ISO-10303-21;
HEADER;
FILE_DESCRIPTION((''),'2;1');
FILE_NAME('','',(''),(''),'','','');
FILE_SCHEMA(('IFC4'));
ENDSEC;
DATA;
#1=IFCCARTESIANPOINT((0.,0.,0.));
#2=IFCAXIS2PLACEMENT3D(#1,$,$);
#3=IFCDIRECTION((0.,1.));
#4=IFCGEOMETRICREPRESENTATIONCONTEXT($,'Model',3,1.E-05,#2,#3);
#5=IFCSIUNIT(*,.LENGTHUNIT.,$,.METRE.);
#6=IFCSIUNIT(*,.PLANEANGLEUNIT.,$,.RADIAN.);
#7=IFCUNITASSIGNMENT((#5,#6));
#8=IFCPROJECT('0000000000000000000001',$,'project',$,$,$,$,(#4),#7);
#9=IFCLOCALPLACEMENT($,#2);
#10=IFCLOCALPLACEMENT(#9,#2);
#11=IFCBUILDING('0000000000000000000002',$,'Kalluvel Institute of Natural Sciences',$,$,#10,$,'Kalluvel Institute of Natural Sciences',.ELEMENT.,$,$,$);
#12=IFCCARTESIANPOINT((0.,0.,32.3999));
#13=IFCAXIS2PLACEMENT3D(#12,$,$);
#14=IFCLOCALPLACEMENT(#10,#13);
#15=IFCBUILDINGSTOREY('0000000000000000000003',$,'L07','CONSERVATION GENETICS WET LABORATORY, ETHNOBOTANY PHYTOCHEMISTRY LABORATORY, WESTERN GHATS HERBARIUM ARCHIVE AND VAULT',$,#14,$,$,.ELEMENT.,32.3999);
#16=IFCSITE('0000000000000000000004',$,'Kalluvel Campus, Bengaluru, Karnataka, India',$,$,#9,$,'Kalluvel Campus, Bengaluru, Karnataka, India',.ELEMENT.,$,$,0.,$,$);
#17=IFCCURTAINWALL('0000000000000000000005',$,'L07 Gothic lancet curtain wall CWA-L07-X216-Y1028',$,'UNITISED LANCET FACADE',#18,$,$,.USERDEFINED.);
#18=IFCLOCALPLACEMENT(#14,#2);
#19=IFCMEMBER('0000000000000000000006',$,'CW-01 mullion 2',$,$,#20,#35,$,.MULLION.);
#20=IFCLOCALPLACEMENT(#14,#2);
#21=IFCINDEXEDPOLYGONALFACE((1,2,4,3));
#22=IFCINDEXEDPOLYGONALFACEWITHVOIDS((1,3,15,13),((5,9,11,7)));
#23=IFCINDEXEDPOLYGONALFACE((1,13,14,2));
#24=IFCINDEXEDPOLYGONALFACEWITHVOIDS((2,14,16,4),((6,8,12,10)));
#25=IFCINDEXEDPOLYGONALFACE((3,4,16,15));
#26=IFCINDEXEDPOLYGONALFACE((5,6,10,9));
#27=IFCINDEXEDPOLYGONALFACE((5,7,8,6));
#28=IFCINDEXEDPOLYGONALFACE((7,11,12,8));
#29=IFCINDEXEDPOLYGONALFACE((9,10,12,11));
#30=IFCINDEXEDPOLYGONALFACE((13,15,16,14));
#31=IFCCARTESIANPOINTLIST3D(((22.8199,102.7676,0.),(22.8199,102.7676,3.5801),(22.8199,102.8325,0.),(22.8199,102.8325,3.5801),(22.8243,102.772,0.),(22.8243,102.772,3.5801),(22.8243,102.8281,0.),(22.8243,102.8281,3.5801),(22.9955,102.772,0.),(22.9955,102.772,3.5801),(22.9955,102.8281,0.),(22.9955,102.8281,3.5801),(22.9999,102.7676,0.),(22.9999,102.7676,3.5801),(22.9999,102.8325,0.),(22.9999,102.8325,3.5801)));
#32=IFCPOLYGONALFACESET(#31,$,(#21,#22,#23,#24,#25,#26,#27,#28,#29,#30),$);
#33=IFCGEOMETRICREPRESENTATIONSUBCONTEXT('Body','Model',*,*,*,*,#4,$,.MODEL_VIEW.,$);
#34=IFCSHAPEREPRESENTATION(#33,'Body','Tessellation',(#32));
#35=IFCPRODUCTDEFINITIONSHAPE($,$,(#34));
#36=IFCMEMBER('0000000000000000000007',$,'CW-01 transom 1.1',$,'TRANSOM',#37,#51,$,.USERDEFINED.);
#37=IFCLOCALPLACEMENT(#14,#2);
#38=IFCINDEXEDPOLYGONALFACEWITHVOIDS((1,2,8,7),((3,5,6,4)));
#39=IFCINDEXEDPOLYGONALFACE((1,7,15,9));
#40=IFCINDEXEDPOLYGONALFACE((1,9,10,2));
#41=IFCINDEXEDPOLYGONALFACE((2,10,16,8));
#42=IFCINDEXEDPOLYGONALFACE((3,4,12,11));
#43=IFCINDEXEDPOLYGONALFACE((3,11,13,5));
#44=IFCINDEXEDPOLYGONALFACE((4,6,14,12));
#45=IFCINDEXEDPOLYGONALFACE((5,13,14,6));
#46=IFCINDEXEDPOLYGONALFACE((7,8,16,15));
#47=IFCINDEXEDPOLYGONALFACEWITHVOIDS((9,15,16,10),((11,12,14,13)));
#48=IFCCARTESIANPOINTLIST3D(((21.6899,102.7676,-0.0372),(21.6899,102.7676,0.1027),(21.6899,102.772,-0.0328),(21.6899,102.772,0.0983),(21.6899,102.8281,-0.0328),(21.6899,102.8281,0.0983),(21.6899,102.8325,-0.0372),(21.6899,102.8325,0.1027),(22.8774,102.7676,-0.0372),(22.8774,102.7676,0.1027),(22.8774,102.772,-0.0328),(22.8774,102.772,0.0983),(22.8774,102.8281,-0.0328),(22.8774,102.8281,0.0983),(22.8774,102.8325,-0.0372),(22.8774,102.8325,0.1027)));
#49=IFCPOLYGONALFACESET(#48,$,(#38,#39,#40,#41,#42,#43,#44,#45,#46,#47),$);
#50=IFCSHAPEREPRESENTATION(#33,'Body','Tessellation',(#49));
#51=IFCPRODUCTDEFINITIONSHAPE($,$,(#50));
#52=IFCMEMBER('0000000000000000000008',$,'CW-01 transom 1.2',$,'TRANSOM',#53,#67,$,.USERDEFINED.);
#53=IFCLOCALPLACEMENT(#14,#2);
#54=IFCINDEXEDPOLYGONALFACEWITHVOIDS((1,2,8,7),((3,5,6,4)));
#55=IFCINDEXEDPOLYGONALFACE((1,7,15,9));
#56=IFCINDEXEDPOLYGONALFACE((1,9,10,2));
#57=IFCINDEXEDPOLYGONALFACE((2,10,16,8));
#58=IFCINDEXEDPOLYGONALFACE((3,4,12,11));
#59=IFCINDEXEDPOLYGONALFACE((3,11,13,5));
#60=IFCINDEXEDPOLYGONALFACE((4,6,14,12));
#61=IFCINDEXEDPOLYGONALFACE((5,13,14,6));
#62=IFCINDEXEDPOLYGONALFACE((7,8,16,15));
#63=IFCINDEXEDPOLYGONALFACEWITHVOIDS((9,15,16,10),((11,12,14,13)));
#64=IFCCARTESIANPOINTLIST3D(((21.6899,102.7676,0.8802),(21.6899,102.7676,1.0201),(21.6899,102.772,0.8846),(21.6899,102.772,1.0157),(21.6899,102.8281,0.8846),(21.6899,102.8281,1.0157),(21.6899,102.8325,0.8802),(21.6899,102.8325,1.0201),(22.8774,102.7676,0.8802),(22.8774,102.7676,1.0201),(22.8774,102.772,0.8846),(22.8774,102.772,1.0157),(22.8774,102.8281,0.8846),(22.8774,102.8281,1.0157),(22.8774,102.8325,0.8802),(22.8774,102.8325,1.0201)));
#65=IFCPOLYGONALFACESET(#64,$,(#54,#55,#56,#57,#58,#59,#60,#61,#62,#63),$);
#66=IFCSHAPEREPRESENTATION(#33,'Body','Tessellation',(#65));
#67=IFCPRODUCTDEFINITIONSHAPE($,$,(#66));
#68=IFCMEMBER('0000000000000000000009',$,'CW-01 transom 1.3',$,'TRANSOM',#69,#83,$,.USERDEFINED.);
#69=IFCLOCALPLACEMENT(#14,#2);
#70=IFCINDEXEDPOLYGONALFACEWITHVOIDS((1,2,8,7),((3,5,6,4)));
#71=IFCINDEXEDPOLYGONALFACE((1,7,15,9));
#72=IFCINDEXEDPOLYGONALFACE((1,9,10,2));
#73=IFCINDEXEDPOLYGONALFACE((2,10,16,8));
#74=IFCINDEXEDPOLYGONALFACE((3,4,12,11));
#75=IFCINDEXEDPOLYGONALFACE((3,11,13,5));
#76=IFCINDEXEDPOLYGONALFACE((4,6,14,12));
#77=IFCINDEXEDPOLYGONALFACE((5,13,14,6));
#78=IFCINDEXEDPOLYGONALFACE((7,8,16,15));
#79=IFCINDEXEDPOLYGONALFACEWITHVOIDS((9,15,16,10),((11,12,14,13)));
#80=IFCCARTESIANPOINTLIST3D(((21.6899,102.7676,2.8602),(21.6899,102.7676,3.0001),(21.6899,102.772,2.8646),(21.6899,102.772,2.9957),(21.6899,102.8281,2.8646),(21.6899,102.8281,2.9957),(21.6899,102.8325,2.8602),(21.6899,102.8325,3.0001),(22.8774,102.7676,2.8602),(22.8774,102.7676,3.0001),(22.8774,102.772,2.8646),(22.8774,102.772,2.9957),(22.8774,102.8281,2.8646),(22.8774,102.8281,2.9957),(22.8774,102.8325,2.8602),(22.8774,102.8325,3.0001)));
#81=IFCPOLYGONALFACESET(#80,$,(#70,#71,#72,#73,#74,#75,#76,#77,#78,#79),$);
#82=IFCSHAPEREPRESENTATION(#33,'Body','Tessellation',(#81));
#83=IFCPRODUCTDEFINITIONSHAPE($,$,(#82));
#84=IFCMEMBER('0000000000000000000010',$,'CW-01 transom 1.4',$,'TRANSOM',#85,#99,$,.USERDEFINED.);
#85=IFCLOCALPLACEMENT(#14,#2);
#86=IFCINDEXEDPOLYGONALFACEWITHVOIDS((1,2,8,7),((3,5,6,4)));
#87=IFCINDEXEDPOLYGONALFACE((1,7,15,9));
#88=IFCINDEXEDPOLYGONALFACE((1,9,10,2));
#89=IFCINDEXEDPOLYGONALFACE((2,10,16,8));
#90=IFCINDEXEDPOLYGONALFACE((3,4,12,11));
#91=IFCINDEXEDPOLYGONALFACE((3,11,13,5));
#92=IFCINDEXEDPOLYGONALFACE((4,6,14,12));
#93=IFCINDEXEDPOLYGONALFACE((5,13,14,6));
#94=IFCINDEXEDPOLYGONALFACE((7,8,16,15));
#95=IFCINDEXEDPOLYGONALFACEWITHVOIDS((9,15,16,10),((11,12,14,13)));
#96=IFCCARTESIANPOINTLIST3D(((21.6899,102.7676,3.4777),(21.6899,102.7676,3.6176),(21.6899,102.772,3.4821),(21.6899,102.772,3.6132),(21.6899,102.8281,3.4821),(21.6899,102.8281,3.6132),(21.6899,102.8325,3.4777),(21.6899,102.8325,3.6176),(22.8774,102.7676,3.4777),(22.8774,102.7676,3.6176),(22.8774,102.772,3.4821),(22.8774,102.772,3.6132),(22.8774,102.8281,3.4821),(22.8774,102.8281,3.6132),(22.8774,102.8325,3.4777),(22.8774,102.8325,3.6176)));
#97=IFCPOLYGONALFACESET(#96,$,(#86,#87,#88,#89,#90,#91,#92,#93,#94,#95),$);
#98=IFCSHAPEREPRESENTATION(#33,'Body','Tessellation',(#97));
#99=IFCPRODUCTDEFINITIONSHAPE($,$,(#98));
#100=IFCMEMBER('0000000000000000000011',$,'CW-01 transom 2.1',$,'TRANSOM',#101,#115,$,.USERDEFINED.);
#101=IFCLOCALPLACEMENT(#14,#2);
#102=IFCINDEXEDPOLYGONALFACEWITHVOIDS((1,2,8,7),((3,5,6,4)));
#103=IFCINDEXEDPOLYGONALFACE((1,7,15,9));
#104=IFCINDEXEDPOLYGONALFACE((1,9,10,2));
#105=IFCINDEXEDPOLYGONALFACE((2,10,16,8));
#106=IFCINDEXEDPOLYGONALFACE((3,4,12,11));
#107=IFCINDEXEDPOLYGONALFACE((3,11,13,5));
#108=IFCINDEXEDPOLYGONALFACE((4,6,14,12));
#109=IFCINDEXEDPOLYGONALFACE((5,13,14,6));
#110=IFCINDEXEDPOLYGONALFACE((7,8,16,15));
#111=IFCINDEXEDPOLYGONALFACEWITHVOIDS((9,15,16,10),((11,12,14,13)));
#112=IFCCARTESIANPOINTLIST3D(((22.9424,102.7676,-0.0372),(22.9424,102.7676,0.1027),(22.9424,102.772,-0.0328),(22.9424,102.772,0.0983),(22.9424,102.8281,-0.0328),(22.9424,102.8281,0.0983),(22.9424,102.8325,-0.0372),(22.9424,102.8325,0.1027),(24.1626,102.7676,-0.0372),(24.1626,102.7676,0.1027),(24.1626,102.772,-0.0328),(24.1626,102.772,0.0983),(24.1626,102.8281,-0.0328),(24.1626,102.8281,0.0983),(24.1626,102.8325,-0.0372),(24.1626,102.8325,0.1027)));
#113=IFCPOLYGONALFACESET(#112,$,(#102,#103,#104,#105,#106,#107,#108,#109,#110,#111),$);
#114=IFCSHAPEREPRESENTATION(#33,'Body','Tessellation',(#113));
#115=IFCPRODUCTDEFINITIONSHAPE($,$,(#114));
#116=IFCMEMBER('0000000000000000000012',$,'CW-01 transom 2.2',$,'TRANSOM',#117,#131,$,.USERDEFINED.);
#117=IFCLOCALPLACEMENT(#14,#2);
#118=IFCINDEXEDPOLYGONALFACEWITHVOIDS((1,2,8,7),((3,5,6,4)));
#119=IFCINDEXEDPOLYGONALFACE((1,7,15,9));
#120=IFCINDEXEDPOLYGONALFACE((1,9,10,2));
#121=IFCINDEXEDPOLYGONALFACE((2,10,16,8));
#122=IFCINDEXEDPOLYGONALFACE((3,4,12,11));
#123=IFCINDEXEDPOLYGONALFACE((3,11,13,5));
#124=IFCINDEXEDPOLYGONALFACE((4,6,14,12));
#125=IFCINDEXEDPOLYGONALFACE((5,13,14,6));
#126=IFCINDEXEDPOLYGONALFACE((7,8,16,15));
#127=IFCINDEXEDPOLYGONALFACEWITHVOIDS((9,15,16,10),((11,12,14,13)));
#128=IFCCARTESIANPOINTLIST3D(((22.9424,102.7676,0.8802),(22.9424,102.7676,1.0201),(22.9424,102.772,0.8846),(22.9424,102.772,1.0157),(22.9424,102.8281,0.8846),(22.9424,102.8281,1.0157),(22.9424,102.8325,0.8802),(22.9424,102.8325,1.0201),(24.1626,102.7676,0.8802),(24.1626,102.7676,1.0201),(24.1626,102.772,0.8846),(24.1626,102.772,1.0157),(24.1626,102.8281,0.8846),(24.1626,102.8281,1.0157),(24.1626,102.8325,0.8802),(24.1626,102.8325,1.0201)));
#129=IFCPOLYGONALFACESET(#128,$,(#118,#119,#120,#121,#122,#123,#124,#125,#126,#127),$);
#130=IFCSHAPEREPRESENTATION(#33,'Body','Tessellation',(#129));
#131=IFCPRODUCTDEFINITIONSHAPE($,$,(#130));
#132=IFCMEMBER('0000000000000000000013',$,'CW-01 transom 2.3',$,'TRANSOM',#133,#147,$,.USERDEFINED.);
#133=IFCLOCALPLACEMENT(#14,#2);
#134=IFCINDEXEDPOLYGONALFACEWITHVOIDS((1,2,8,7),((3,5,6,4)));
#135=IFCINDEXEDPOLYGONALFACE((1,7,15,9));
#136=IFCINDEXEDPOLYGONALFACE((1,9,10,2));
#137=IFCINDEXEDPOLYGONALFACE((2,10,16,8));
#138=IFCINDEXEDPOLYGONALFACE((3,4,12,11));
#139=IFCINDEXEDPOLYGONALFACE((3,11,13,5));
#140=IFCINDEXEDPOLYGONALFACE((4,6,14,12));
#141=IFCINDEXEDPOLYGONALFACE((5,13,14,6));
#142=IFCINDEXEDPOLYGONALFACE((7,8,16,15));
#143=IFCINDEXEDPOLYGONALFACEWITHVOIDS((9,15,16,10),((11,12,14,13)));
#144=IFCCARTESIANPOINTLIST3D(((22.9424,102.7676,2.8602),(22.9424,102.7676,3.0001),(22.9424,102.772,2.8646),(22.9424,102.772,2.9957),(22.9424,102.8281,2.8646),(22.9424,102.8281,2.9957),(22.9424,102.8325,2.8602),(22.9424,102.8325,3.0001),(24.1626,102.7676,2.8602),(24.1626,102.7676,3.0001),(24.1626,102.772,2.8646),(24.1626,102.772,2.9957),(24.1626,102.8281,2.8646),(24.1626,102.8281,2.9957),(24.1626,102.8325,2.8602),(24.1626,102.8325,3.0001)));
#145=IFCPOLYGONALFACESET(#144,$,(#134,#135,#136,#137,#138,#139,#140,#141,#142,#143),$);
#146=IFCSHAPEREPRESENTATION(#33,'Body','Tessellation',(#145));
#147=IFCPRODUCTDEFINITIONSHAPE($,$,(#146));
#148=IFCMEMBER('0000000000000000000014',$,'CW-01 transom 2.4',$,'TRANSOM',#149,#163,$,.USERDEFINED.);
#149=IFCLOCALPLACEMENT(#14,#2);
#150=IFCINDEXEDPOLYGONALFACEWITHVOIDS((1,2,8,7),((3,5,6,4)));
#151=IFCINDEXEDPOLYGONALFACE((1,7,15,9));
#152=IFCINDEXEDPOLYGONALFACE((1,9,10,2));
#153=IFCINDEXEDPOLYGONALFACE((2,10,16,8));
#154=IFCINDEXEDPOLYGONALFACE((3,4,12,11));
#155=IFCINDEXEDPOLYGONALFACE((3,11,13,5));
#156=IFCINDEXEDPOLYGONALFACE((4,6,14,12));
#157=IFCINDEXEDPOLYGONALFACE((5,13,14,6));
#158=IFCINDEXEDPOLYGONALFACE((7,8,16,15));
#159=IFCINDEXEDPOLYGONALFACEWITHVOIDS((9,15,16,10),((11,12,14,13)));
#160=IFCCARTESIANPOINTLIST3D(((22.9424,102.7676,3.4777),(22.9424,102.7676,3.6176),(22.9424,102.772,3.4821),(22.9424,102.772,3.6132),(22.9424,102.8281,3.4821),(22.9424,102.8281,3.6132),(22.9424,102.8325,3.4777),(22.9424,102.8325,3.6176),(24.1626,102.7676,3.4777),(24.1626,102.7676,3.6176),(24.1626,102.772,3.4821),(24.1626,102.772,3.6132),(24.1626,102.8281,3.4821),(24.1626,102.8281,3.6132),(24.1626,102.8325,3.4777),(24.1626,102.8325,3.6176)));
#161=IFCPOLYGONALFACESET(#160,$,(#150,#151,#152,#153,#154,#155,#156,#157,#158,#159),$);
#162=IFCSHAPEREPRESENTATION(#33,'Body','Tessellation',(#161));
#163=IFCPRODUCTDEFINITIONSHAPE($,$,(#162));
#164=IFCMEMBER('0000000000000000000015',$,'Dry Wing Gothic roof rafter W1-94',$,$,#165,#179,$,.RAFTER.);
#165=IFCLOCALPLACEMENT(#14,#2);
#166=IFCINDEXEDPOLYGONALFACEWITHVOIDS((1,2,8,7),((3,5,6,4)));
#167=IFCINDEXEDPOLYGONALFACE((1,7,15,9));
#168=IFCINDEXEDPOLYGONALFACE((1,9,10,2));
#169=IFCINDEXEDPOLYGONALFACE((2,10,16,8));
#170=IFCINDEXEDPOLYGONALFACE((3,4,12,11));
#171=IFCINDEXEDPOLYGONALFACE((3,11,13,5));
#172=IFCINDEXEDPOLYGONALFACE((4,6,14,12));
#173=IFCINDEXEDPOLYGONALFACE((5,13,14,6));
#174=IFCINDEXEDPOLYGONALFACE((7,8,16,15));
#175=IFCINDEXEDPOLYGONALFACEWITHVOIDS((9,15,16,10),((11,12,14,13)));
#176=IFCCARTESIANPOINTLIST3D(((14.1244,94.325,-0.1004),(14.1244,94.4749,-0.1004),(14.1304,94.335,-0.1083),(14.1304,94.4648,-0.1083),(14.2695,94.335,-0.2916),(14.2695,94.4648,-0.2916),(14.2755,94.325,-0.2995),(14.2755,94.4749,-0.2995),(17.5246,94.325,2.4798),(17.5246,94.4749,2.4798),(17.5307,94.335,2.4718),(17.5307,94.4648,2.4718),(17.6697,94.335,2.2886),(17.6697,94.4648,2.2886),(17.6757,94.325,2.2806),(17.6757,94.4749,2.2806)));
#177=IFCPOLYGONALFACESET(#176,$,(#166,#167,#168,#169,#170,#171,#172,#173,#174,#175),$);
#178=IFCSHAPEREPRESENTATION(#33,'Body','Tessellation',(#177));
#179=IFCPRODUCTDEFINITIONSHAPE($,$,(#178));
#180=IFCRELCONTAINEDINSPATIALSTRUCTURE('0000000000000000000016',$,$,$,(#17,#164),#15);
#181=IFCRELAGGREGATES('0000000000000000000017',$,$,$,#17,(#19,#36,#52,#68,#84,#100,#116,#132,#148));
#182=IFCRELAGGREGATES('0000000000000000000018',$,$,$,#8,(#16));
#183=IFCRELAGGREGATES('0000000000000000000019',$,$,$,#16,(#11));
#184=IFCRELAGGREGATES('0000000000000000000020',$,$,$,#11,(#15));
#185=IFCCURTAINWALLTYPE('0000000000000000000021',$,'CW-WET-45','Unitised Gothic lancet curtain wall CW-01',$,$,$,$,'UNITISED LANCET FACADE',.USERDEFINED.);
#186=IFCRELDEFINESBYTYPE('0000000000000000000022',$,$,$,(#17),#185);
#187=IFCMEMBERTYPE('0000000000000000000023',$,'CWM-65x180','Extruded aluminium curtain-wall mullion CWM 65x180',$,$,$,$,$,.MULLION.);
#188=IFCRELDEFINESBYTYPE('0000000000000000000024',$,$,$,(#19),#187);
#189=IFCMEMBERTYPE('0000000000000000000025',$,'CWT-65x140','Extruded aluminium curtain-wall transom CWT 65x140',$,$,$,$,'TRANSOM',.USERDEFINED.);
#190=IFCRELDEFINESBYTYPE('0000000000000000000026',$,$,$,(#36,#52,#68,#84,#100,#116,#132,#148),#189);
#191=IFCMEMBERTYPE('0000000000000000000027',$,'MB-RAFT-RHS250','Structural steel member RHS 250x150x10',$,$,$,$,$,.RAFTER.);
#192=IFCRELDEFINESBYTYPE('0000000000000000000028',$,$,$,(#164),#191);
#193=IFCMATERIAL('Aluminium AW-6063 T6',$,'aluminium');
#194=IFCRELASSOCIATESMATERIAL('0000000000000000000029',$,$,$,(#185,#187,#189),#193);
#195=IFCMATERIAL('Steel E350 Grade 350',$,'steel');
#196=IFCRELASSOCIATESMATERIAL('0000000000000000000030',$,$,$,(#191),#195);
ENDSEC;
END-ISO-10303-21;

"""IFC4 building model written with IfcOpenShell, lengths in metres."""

from ifc_helpers import new_model, si_unit, direction, frame, origin, origin_2d, place, context, subcontext, project, spatial, hollow_rectangle, extrude, material, material_profile, profile_set, type_object, element, aggregate, save


model = new_model("IFC4")

# Units and contexts
model_context = context("Model", 3, precision=1e-05, world=origin(), true_north=direction((0.0, 1.0)))
body_context = subcontext(model_context, "Body", "Model", "MODEL_VIEW")
ifc_project = project(units=[si_unit("LENGTHUNIT", "METRE"), si_unit("PLANEANGLEUNIT", "RADIAN")], contexts=[model_context])

# Site, building, storey
site_placement = place(None, origin())
site = spatial("IfcSite", under=ifc_project, at=site_placement, Name="Kalluvel Campus, Bengaluru, Karnataka, India", LongName="Kalluvel Campus, Bengaluru, Karnataka, India", CompositionType="ELEMENT", RefElevation=0.0)
building_placement = place(site_placement, origin())
building = spatial("IfcBuilding", under=site, at=building_placement, Name="Kalluvel Institute of Natural Sciences", LongName="Kalluvel Institute of Natural Sciences", CompositionType="ELEMENT")
storey_placement = place(building_placement, frame((0.0, 0.0, 32.3999)))
storey = spatial("IfcBuildingStorey", under=building, at=storey_placement, Name="L07", Description="CONSERVATION GENETICS WET LABORATORY, ETHNOBOTANY PHYTOCHEMISTRY LABORATORY, WESTERN GHATS HERBARIUM ARCHIVE AND VAULT", CompositionType="ELEMENT", Elevation=32.3999)

# Shared definitions
ifc_material_1 = material(Name="Steel E350 Grade 350", Category="steel")

# Curtain wall, members
ifc_material_2 = material(Name="Aluminium AW-6063 T6", Category="aluminium")
curtain_wall_type = type_object("IfcCurtainWallType", Name="CW-WET-45", Description="Unitised Gothic lancet curtain wall CW-01", ElementType="UNITISED LANCET FACADE", PredefinedType="USERDEFINED", material=ifc_material_2)
curtain_wall_placement = place(storey_placement, origin())
curtain_wall = element("IfcCurtainWall", 1, at=curtain_wall_placement, inside=storey, type_object=curtain_wall_type, Name="L07 Gothic lancet curtain wall CWA-L07-X216-Y1028", ObjectType="UNITISED LANCET FACADE", PredefinedType="USERDEFINED")
ifc_material_profile_1 = material_profile(ifc_material_2, hollow_rectangle(XDim=0.0649, YDim=0.1799, WallThickness=0.0044, at=origin_2d()), Name="CWM 65x180")
ifc_profile_set_1 = profile_set([ifc_material_profile_1], Name="Aluminium AW-6063 T6")
member_type_1 = type_object("IfcMemberType", Name="CWM-65x180", Description="Extruded aluminium curtain-wall mullion CWM 65x180", PredefinedType="MULLION", material=ifc_profile_set_1)
member_1_placement = place(storey_placement, frame((22.9099, 102.8, 0.0), z_axis=(0.0, 0.0, 1.0), x_axis=(0.0, 1.0, 0.0)))
member_1 = element("IfcMember", 2, at=member_1_placement, type_object=member_type_1, Name="CW-01 mullion 2", PredefinedType="MULLION", context=body_context, shape_type="SweptSolid", body=[
    extrude(hollow_rectangle(XDim=0.0649, YDim=0.1799, WallThickness=0.0044, at=origin_2d()), origin(), (0.0, 0.0, 1.0), 3.5801),
])
ifc_material_profile_2 = material_profile(ifc_material_2, hollow_rectangle(XDim=0.0649, YDim=0.1399, WallThickness=0.0044, at=origin_2d()), Name="CWT 65x140")
ifc_profile_set_2 = profile_set([ifc_material_profile_2], Name="Aluminium AW-6063 T6")
member_type_2 = type_object("IfcMemberType", Name="CWT-65x140", Description="Extruded aluminium curtain-wall transom CWT 65x140", ElementType="TRANSOM", PredefinedType="USERDEFINED", material=ifc_profile_set_2)
member_2_placement = place(storey_placement, frame((21.6899, 102.8, 0.0327), z_axis=(1.0, 0.0, 0.0), x_axis=(0.0, 1.0, 0.0)))
member_2 = element("IfcMember", 3, at=member_2_placement, type_object=member_type_2, Name="CW-01 transom 1.1", ObjectType="TRANSOM", PredefinedType="USERDEFINED", context=body_context, shape_type="SweptSolid", body=[
    extrude(hollow_rectangle(XDim=0.0649, YDim=0.1399, WallThickness=0.0044, at=origin_2d()), origin(), (0.0, 0.0, 1.0), 1.1875),
])
member_3_placement = place(storey_placement, frame((21.6899, 102.8, 0.9502), z_axis=(1.0, 0.0, 0.0), x_axis=(0.0, 1.0, 0.0)))
member_3 = element("IfcMember", 4, at=member_3_placement, type_object=member_type_2, Name="CW-01 transom 1.2", ObjectType="TRANSOM", PredefinedType="USERDEFINED", context=body_context, shape_type="SweptSolid", body=[
    extrude(hollow_rectangle(XDim=0.0649, YDim=0.1399, WallThickness=0.0044, at=origin_2d()), origin(), (0.0, 0.0, 1.0), 1.1875),
])
member_4_placement = place(storey_placement, frame((21.6899, 102.8, 2.9302), z_axis=(1.0, 0.0, 0.0), x_axis=(0.0, 1.0, 0.0)))
member_4 = element("IfcMember", 5, at=member_4_placement, type_object=member_type_2, Name="CW-01 transom 1.3", ObjectType="TRANSOM", PredefinedType="USERDEFINED", context=body_context, shape_type="SweptSolid", body=[
    extrude(hollow_rectangle(XDim=0.0649, YDim=0.1399, WallThickness=0.0044, at=origin_2d()), origin(), (0.0, 0.0, 1.0), 1.1875),
])
member_5_placement = place(storey_placement, frame((21.6899, 102.8, 3.5476), z_axis=(1.0, 0.0, 0.0), x_axis=(0.0, 1.0, 0.0)))
member_5 = element("IfcMember", 6, at=member_5_placement, type_object=member_type_2, Name="CW-01 transom 1.4", ObjectType="TRANSOM", PredefinedType="USERDEFINED", context=body_context, shape_type="SweptSolid", body=[
    extrude(hollow_rectangle(XDim=0.0649, YDim=0.1399, WallThickness=0.0044, at=origin_2d()), origin(), (0.0, 0.0, 1.0), 1.1875),
])
member_6_placement = place(storey_placement, frame((22.9424, 102.8, 0.0327), z_axis=(1.0, 0.0, 0.0), x_axis=(0.0, 1.0, 0.0)))
member_6 = element("IfcMember", 7, at=member_6_placement, type_object=member_type_2, Name="CW-01 transom 2.1", ObjectType="TRANSOM", PredefinedType="USERDEFINED", context=body_context, shape_type="SweptSolid", body=[
    extrude(hollow_rectangle(XDim=0.0649, YDim=0.1399, WallThickness=0.0044, at=origin_2d()), origin(), (0.0, 0.0, 1.0), 1.2202),
])
member_7_placement = place(storey_placement, frame((22.9424, 102.8, 0.9502), z_axis=(1.0, 0.0, 0.0), x_axis=(0.0, 1.0, 0.0)))
member_7 = element("IfcMember", 8, at=member_7_placement, type_object=member_type_2, Name="CW-01 transom 2.2", ObjectType="TRANSOM", PredefinedType="USERDEFINED", context=body_context, shape_type="SweptSolid", body=[
    extrude(hollow_rectangle(XDim=0.0649, YDim=0.1399, WallThickness=0.0044, at=origin_2d()), origin(), (0.0, 0.0, 1.0), 1.2202),
])
member_8_placement = place(storey_placement, frame((22.9424, 102.8, 2.9302), z_axis=(1.0, 0.0, 0.0), x_axis=(0.0, 1.0, 0.0)))
member_8 = element("IfcMember", 9, at=member_8_placement, type_object=member_type_2, Name="CW-01 transom 2.3", ObjectType="TRANSOM", PredefinedType="USERDEFINED", context=body_context, shape_type="SweptSolid", body=[
    extrude(hollow_rectangle(XDim=0.0649, YDim=0.1399, WallThickness=0.0044, at=origin_2d()), origin(), (0.0, 0.0, 1.0), 1.2202),
])
member_9_placement = place(storey_placement, frame((22.9424, 102.8, 3.5476), z_axis=(1.0, 0.0, 0.0), x_axis=(0.0, 1.0, 0.0)))
member_9 = element("IfcMember", 10, at=member_9_placement, type_object=member_type_2, Name="CW-01 transom 2.4", ObjectType="TRANSOM", PredefinedType="USERDEFINED", context=body_context, shape_type="SweptSolid", body=[
    extrude(hollow_rectangle(XDim=0.0649, YDim=0.1399, WallThickness=0.0044, at=origin_2d()), origin(), (0.0, 0.0, 1.0), 1.2202),
])

# Member
ifc_material_profile_3 = material_profile(ifc_material_1, hollow_rectangle(XDim=0.1499, YDim=0.25, WallThickness=0.01, at=origin_2d()), Name="RHS 250x150x10")
ifc_profile_set_3 = profile_set([ifc_material_profile_3], Name="Steel E350 Grade 350")
member_type_3 = type_object("IfcMemberType", Name="MB-RAFT-RHS250", Description="Structural steel member RHS 250x150x10", PredefinedType="RAFTER", material=ifc_profile_set_3)
member_10_placement = place(storey_placement, frame((14.2, 94.3999, -0.2), z_axis=(0.796617, 0.0, 0.604484), x_axis=(0.0, 1.0, 0.0)))
element("IfcMember", 11, at=member_10_placement, inside=storey, type_object=member_type_3, Name="Dry Wing Gothic roof rafter W1-94", PredefinedType="RAFTER", context=body_context, shape_type="SweptSolid", body=[
    extrude(hollow_rectangle(XDim=0.1499, YDim=0.25, WallThickness=0.01, at=origin_2d()), origin(), (0.0, 0.0, 1.0), 4.2683),
])

aggregate(curtain_wall, [member_1, member_2, member_3, member_4, member_5, member_6, member_7, member_8, member_9])

save(model, "model.ifc")
